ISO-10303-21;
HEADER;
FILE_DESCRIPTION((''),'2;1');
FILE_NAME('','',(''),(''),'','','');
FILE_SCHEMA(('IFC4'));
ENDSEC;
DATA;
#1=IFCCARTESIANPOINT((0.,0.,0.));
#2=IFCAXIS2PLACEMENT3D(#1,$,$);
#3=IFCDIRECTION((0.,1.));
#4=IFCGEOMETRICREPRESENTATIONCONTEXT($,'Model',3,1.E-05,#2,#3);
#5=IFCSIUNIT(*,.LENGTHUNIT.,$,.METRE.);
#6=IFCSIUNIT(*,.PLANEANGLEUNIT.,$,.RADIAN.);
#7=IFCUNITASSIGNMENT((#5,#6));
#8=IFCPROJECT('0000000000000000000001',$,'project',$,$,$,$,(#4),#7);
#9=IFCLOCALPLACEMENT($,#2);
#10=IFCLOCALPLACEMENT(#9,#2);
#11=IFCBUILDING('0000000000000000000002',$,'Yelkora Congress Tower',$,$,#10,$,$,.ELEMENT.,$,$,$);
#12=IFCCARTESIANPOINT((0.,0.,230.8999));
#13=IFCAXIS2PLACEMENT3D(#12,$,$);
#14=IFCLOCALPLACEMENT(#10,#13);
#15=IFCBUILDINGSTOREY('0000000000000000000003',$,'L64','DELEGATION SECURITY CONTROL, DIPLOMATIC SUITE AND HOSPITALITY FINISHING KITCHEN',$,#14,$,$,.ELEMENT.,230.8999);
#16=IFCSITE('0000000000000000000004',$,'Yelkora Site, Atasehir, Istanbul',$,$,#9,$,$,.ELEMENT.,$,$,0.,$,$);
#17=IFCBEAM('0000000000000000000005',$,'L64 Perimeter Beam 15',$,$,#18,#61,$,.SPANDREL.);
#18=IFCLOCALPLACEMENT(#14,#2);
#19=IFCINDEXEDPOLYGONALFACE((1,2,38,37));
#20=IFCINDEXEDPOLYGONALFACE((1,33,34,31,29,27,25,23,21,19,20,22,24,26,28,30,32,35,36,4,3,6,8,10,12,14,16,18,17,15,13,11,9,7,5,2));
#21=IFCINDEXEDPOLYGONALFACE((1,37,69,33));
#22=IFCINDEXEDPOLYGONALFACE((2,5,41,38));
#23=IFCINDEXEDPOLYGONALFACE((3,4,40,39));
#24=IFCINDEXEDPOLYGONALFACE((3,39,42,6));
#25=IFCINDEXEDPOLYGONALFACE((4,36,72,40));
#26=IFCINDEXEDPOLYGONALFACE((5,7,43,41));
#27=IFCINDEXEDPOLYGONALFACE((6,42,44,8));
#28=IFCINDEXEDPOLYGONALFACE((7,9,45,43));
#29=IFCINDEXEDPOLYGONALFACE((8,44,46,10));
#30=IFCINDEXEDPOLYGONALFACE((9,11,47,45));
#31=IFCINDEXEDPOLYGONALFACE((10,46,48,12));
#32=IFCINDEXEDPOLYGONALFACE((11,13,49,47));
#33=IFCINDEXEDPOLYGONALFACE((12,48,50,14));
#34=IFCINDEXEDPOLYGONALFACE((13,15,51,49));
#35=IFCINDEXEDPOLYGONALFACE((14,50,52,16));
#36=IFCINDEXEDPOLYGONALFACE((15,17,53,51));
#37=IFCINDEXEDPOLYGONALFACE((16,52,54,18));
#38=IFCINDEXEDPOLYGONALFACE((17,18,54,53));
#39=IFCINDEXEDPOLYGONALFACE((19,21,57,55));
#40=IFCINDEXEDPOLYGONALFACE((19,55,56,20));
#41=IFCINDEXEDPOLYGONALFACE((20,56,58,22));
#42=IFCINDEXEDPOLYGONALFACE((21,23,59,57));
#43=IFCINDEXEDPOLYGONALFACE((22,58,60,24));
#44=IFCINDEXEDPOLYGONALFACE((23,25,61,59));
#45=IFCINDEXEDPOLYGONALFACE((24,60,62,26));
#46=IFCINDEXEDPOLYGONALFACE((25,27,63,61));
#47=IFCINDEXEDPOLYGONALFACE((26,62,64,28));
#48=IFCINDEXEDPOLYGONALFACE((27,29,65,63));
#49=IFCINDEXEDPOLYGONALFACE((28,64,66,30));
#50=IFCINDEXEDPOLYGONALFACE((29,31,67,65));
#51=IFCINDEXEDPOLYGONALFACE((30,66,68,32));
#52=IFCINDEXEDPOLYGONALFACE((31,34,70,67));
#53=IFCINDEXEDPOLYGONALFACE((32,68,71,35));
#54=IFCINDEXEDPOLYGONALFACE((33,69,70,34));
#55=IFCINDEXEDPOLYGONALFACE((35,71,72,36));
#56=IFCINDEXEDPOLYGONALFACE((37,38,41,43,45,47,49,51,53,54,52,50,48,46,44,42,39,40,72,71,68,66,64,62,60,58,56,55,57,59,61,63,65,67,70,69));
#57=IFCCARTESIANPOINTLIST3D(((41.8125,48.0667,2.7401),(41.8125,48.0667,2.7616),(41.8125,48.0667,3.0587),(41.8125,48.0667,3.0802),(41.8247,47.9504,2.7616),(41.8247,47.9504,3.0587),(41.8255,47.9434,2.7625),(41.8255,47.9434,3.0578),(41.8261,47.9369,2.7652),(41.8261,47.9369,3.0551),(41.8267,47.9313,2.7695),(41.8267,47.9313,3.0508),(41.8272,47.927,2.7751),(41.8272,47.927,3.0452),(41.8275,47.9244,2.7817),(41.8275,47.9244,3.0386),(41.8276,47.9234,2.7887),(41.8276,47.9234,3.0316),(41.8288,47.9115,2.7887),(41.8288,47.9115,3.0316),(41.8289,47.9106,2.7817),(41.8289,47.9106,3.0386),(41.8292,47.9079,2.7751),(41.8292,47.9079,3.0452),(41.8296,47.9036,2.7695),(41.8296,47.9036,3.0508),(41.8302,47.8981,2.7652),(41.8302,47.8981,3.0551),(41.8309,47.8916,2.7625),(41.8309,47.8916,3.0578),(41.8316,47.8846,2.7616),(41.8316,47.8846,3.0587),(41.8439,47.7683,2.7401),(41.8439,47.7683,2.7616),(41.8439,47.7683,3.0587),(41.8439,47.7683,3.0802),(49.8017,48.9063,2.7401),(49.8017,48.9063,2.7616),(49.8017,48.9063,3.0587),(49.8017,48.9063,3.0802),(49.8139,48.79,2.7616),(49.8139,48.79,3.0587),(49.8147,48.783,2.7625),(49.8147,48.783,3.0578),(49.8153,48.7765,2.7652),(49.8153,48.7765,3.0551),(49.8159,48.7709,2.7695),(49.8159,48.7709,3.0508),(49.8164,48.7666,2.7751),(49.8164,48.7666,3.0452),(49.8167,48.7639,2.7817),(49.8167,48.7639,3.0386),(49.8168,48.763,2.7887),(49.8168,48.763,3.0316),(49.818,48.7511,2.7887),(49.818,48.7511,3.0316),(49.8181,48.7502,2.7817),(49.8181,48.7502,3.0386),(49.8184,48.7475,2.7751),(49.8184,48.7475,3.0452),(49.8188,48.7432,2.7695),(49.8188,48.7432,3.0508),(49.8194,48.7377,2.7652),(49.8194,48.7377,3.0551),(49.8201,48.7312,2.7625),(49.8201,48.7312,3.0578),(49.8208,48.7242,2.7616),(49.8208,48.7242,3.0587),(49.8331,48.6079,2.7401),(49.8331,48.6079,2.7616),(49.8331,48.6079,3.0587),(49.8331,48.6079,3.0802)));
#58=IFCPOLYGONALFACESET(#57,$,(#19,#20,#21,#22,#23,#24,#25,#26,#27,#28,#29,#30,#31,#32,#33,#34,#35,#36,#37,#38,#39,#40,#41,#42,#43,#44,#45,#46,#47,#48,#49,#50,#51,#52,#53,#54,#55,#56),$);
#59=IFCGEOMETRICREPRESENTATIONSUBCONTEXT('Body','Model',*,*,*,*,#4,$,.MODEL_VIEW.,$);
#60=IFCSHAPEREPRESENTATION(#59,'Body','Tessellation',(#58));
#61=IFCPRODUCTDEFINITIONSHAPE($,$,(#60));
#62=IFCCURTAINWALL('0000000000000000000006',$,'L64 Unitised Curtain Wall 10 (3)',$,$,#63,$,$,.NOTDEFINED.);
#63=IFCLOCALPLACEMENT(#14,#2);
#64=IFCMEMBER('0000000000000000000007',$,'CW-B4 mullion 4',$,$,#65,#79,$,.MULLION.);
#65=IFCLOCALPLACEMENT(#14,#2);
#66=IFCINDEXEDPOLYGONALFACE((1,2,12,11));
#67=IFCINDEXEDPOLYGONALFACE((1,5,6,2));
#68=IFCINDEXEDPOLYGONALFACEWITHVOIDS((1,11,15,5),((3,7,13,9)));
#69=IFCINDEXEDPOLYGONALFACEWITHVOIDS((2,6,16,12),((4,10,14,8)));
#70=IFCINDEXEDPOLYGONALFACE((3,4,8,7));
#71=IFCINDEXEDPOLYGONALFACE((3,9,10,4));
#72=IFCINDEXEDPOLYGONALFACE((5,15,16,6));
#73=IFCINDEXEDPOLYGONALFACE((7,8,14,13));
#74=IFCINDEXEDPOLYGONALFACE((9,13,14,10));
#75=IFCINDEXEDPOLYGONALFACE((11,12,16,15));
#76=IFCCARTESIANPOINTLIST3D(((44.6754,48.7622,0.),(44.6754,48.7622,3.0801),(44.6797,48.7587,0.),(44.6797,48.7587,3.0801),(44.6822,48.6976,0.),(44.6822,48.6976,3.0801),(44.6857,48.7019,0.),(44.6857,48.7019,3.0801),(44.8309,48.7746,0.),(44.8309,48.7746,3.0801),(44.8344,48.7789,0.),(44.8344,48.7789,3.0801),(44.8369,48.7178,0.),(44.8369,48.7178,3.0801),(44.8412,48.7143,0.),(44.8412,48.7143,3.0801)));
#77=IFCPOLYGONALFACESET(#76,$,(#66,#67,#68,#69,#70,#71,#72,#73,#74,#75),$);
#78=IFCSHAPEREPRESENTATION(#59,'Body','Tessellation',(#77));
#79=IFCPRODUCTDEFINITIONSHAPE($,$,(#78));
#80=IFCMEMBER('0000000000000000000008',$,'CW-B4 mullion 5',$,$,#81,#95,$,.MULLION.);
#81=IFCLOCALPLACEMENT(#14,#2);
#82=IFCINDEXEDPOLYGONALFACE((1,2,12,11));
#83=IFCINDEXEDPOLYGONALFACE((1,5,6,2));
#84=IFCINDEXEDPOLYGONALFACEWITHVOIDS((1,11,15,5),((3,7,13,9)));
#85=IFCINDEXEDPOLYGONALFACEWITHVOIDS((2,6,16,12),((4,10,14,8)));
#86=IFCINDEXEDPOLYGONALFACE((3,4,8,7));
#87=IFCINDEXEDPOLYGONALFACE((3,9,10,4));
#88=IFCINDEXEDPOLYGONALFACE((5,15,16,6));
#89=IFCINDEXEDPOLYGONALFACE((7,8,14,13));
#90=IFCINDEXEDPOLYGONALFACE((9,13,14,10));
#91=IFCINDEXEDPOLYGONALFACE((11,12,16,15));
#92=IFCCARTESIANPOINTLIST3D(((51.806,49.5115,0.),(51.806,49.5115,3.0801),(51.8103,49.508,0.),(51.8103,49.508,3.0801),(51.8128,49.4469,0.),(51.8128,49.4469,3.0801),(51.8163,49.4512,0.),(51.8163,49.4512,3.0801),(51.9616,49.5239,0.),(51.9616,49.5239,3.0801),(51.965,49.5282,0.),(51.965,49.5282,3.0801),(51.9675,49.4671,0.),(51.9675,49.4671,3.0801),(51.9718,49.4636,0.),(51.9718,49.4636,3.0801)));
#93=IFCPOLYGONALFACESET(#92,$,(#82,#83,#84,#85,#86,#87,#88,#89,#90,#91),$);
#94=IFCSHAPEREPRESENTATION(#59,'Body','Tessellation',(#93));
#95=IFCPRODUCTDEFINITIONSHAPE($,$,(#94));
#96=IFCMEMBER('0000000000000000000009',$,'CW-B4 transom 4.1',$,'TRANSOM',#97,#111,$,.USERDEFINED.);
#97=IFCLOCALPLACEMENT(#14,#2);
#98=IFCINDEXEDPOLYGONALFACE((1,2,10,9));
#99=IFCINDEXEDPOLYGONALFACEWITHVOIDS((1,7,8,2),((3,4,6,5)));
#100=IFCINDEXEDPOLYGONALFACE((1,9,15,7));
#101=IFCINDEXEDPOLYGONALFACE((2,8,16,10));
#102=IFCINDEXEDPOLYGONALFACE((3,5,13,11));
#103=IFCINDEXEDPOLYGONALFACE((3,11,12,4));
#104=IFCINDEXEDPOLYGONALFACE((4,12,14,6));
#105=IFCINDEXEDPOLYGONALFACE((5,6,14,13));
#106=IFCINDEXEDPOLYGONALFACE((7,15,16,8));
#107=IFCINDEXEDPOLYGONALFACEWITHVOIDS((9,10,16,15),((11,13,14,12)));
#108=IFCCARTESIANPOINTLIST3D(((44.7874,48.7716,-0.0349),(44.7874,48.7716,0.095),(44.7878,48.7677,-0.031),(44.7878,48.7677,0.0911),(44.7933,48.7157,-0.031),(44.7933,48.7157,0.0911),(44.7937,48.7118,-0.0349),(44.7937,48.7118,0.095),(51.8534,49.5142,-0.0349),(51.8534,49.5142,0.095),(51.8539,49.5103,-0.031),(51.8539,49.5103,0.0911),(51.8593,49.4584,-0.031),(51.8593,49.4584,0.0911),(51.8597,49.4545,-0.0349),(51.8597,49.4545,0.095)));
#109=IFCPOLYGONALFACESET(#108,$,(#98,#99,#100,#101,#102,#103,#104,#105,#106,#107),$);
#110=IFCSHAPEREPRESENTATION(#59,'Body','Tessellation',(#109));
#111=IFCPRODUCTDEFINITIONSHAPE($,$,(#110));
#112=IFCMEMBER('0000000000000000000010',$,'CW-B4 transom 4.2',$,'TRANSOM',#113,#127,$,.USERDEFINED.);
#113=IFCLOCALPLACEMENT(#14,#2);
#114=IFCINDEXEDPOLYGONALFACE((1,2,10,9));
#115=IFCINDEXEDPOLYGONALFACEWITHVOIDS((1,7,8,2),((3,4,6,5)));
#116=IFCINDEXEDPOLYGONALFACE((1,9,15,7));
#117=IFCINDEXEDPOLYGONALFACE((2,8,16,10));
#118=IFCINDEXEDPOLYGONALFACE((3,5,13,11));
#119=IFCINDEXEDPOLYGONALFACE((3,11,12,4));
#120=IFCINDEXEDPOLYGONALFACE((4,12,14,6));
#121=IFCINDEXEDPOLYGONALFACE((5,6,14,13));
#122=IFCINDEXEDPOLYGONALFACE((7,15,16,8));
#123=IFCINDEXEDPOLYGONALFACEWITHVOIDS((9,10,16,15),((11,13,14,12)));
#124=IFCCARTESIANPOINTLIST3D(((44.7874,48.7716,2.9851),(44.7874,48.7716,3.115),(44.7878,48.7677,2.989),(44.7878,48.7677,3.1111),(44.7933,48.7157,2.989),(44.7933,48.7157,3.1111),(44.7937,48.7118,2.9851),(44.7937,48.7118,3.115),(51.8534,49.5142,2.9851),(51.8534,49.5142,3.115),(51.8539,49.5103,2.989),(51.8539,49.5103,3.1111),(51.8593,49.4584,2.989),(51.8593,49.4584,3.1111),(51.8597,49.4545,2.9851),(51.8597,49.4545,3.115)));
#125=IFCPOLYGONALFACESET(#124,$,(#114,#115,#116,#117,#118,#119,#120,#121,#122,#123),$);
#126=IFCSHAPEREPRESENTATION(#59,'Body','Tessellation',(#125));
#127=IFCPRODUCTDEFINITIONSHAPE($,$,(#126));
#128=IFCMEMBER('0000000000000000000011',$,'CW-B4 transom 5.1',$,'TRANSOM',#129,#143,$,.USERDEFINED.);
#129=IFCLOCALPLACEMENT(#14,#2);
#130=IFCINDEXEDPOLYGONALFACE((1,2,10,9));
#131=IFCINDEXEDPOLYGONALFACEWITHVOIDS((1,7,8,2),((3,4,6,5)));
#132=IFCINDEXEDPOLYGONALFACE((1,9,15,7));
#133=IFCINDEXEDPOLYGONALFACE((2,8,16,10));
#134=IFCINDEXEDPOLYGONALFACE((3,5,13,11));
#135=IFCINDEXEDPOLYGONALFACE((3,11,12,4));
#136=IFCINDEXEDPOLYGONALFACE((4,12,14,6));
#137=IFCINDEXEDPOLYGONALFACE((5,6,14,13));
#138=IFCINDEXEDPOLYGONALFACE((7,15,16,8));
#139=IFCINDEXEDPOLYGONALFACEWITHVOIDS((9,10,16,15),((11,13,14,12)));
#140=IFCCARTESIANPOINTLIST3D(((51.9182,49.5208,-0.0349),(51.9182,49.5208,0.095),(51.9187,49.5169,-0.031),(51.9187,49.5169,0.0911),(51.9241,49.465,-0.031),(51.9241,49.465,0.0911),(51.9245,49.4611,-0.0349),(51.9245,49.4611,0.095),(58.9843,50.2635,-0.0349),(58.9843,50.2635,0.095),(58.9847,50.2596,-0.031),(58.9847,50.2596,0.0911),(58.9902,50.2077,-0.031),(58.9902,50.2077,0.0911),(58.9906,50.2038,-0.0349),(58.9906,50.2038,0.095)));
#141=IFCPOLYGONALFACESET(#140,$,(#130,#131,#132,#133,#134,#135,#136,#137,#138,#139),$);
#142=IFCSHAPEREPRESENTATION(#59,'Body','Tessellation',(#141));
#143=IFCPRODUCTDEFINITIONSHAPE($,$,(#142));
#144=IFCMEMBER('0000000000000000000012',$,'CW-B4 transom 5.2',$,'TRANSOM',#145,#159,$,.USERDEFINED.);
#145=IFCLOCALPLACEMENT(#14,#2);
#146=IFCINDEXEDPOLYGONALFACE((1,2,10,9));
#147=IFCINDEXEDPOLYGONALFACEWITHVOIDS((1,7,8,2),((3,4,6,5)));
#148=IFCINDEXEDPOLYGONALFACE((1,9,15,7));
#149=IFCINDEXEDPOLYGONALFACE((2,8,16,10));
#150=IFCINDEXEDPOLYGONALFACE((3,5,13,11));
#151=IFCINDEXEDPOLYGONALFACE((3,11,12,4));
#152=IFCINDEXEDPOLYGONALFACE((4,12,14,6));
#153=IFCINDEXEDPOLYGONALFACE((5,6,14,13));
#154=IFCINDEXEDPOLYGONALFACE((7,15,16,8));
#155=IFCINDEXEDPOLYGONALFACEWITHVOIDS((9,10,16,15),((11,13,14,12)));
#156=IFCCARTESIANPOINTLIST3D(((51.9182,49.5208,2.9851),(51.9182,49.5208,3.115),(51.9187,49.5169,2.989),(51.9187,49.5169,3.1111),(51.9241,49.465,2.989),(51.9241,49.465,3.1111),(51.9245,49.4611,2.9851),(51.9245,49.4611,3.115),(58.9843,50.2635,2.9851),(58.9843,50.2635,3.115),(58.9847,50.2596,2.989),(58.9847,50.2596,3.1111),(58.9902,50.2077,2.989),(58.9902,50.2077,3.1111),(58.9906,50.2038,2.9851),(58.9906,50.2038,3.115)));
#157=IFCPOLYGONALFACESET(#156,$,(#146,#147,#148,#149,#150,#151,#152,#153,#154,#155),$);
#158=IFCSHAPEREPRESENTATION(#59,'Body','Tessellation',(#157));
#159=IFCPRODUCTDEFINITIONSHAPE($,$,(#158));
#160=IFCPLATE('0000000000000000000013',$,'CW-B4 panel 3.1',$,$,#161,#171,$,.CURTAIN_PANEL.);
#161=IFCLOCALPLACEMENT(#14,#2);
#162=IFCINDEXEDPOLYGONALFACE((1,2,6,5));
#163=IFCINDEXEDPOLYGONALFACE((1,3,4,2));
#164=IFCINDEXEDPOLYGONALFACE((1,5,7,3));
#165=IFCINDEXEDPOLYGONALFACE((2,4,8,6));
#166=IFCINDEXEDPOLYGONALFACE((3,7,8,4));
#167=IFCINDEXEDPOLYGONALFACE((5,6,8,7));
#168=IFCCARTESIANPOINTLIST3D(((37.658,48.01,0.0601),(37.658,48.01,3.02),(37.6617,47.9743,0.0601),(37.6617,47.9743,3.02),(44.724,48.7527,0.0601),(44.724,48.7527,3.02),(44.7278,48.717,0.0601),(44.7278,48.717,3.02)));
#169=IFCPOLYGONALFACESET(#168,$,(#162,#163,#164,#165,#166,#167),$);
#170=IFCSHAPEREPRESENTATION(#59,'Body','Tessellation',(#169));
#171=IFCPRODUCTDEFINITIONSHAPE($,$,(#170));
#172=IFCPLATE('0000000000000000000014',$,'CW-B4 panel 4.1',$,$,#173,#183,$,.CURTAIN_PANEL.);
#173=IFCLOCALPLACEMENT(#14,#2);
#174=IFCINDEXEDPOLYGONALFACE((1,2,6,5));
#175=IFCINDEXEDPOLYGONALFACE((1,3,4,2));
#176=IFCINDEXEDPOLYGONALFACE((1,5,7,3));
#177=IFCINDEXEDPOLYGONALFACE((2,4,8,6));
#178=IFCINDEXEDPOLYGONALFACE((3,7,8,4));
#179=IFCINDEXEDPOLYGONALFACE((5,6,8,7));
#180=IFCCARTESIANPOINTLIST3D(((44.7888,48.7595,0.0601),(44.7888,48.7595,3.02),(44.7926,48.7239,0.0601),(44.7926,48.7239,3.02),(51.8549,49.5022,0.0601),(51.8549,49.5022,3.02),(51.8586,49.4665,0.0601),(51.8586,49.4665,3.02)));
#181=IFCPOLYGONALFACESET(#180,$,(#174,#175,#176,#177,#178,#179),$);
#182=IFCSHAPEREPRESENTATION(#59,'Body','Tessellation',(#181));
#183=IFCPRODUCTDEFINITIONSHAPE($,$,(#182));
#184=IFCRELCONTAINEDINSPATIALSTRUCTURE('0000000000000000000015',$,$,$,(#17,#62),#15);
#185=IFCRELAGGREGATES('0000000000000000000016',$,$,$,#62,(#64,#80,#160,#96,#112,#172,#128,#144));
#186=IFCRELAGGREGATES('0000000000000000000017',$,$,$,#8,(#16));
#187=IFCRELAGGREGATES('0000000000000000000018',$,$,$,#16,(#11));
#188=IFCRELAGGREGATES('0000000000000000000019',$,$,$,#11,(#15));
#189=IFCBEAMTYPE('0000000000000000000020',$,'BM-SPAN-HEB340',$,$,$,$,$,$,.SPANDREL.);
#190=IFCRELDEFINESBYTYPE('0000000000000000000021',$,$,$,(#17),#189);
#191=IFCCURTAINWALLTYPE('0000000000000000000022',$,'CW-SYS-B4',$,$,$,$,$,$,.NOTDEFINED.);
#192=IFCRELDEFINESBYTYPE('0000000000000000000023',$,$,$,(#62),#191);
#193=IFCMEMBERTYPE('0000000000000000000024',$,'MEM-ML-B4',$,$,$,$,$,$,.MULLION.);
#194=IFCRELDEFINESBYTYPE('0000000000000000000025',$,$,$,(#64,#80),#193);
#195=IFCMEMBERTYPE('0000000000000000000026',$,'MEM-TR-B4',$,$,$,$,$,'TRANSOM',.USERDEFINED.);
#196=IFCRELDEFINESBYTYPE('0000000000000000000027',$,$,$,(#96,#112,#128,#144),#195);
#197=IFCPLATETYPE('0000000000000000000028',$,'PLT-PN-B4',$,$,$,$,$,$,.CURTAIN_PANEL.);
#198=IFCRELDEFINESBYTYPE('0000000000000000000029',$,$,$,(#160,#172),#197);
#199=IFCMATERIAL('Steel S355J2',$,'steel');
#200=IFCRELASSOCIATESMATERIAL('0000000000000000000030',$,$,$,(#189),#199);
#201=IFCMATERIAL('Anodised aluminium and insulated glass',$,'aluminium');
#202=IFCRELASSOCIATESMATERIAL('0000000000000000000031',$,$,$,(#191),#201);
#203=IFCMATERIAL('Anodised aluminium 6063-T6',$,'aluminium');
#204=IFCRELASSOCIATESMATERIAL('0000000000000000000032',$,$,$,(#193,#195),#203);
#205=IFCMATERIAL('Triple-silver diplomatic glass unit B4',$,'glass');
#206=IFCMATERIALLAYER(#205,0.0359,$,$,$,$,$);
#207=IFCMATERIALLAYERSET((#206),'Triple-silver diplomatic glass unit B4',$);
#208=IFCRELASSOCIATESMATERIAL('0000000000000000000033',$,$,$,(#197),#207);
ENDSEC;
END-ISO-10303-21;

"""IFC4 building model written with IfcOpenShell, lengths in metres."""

from ifc_helpers import new_model, si_unit, direction, frame, origin, origin_2d, place, context, subcontext, project, spatial, rectangle, hollow_rectangle, i_section, extrude, material, layer, layer_set, material_profile, profile_set, type_object, element, aggregate, save


model = new_model("IFC4")

# Units and contexts
model_context = context("Model", 3, precision=1e-05, world=origin(), true_north=direction((0.0, 1.0)))
body_context = subcontext(model_context, "Body", "Model", "MODEL_VIEW")
ifc_project = project(units=[si_unit("LENGTHUNIT", "METRE"), si_unit("PLANEANGLEUNIT", "RADIAN")], contexts=[model_context])

# Site, building, storey
site_placement = place(None, origin())
site = spatial("IfcSite", under=ifc_project, at=site_placement, Name="Yelkora Site, Atasehir, Istanbul", CompositionType="ELEMENT", RefElevation=0.0)
building_placement = place(site_placement, origin())
building = spatial("IfcBuilding", under=site, at=building_placement, Name="Yelkora Congress Tower", CompositionType="ELEMENT")
storey_placement = place(building_placement, frame((0.0, 0.0, 230.8999)))
storey = spatial("IfcBuildingStorey", under=building, at=storey_placement, Name="L64", Description="DELEGATION SECURITY CONTROL, DIPLOMATIC SUITE AND HOSPITALITY FINISHING KITCHEN", CompositionType="ELEMENT", Elevation=230.8999)

# Shared definitions
ifc_material_1 = material(Name="Steel S355J2", Category="steel")

# Beam
ifc_material_profile_1 = material_profile(ifc_material_1, i_section(OverallWidth=0.3, OverallDepth=0.3401, WebThickness=0.012, FlangeThickness=0.0215, FilletRadius=0.0271, at=origin_2d()), Name="HEB 340")
ifc_profile_set_1 = profile_set([ifc_material_profile_1], Name="Steel S355J2")
beam_type_1 = type_object("IfcBeamType", Name="BM-SPAN-HEB340", PredefinedType="SPANDREL", material=ifc_profile_set_1)
beam_1_placement = place(storey_placement, frame((49.8174, 48.7571, 2.9102), z_axis=(-0.994523, -0.104516, 0.0), x_axis=(0.104516, -0.994523, 0.0)))
element("IfcBeam", 1, at=beam_1_placement, inside=storey, type_object=beam_type_1, Name="L64 Perimeter Beam 15", PredefinedType="SPANDREL", context=body_context, shape_type="SweptSolid", body=[
    extrude(i_section(OverallWidth=0.3, OverallDepth=0.3401, WebThickness=0.012, FlangeThickness=0.0215, FilletRadius=0.0271, at=origin_2d()), origin(), (0.0, 0.0, 1.0), 8.0332),
])

# Curtain wall, members, plates
ifc_material_2 = material(Name="Anodised aluminium and insulated glass", Category="aluminium")
curtain_wall_type = type_object("IfcCurtainWallType", Name="CW-SYS-B4", PredefinedType="NOTDEFINED", material=ifc_material_2)
curtain_wall_placement = place(storey_placement, origin())
curtain_wall = element("IfcCurtainWall", 2, at=curtain_wall_placement, inside=storey, type_object=curtain_wall_type, Name="L64 Unitised Curtain Wall 10 (3)", PredefinedType="NOTDEFINED")
ifc_material_3 = material(Name="Anodised aluminium 6063-T6", Category="aluminium")
ifc_material_profile_2 = material_profile(ifc_material_3, hollow_rectangle(XDim=0.0649, YDim=0.1599, WallThickness=0.0039, at=origin_2d()), Name="ALU 65x160x4")
ifc_profile_set_2 = profile_set([ifc_material_profile_2], Name="Anodised aluminium 6063-T6")
member_type_1 = type_object("IfcMemberType", Name="MEM-ML-B4", PredefinedType="MULLION", material=ifc_profile_set_2)
member_1_placement = place(storey_placement, frame((44.7583, 48.7383, 0.0), z_axis=(0.0, 0.0, 1.0), x_axis=(-0.104528, 0.994522, 0.0)))
member_1 = element("IfcMember", 3, at=member_1_placement, type_object=member_type_1, Name="CW-B4 mullion 4", PredefinedType="MULLION", context=body_context, shape_type="SweptSolid", body=[
    extrude(hollow_rectangle(XDim=0.0649, YDim=0.1599, WallThickness=0.0039, at=origin_2d()), origin(), (0.0, 0.0, 1.0), 3.0801),
])
member_2_placement = place(storey_placement, frame((51.8889, 49.4875, 0.0), z_axis=(0.0, 0.0, 1.0), x_axis=(-0.104528, 0.994522, 0.0)))
member_2 = element("IfcMember", 4, at=member_2_placement, type_object=member_type_1, Name="CW-B4 mullion 5", PredefinedType="MULLION", context=body_context, shape_type="SweptSolid", body=[
    extrude(hollow_rectangle(XDim=0.0649, YDim=0.1599, WallThickness=0.0039, at=origin_2d()), origin(), (0.0, 0.0, 1.0), 3.0801),
])
ifc_material_profile_3 = material_profile(ifc_material_3, hollow_rectangle(XDim=0.0601, YDim=0.1299, WallThickness=0.0039, at=origin_2d()), Name="ALU 60x130x4")
ifc_profile_set_3 = profile_set([ifc_material_profile_3], Name="Anodised aluminium 6063-T6")
member_type_2 = type_object("IfcMemberType", Name="MEM-TR-B4", ElementType="TRANSOM", PredefinedType="USERDEFINED", material=ifc_profile_set_3)
member_3_placement = place(storey_placement, frame((44.7905, 48.7417, 0.03), z_axis=(0.994522, 0.104527, 0.0), x_axis=(-0.104527, 0.994522, 0.0)))
member_3 = element("IfcMember", 5, at=member_3_placement, type_object=member_type_2, Name="CW-B4 transom 4.1", ObjectType="TRANSOM", PredefinedType="USERDEFINED", context=body_context, shape_type="SweptSolid", body=[
    extrude(hollow_rectangle(XDim=0.0601, YDim=0.1299, WallThickness=0.0039, at=origin_2d()), origin(), (0.0, 0.0, 1.0), 7.105),
])
member_4_placement = place(storey_placement, frame((44.7905, 48.7417, 3.05), z_axis=(0.994522, 0.104527, 0.0), x_axis=(-0.104527, 0.994522, 0.0)))
member_4 = element("IfcMember", 6, at=member_4_placement, type_object=member_type_2, Name="CW-B4 transom 4.2", ObjectType="TRANSOM", PredefinedType="USERDEFINED", context=body_context, shape_type="SweptSolid", body=[
    extrude(hollow_rectangle(XDim=0.0601, YDim=0.1299, WallThickness=0.0039, at=origin_2d()), origin(), (0.0, 0.0, 1.0), 7.105),
])
member_5_placement = place(storey_placement, frame((51.9214, 49.491, 0.03), z_axis=(0.994522, 0.104527, 0.0), x_axis=(-0.104527, 0.994522, 0.0)))
member_5 = element("IfcMember", 7, at=member_5_placement, type_object=member_type_2, Name="CW-B4 transom 5.1", ObjectType="TRANSOM", PredefinedType="USERDEFINED", context=body_context, shape_type="SweptSolid", body=[
    extrude(hollow_rectangle(XDim=0.0601, YDim=0.1299, WallThickness=0.0039, at=origin_2d()), origin(), (0.0, 0.0, 1.0), 7.105),
])
member_6_placement = place(storey_placement, frame((51.9214, 49.491, 3.05), z_axis=(0.994522, 0.104527, 0.0), x_axis=(-0.104527, 0.994522, 0.0)))
member_6 = element("IfcMember", 8, at=member_6_placement, type_object=member_type_2, Name="CW-B4 transom 5.2", ObjectType="TRANSOM", PredefinedType="USERDEFINED", context=body_context, shape_type="SweptSolid", body=[
    extrude(hollow_rectangle(XDim=0.0601, YDim=0.1299, WallThickness=0.0039, at=origin_2d()), origin(), (0.0, 0.0, 1.0), 7.105),
])
ifc_material_4 = material(Name="Triple-silver diplomatic glass unit B4", Category="glass")
ifc_layer_1 = layer(ifc_material_4, 0.0359)
ifc_layer_set_1 = layer_set([ifc_layer_1], Name="Triple-silver diplomatic glass unit B4")
plate_type = type_object("IfcPlateType", Name="PLT-PN-B4", PredefinedType="CURTAIN_PANEL", material=ifc_layer_set_1)
plate_1_placement = place(storey_placement, frame((41.1929, 48.3635, 0.0601), z_axis=(0.0, 0.0, 1.0), x_axis=(0.994522, 0.104528, 0.0)))
plate_1 = element("IfcPlate", 9, at=plate_1_placement, type_object=plate_type, Name="CW-B4 panel 3.1", PredefinedType="CURTAIN_PANEL", context=body_context, shape_type="SweptSolid", body=[
    extrude(rectangle(XDim=7.105, YDim=0.0359, at=origin_2d()), origin(), (0.0, 0.0, 1.0), 2.96),
])
plate_2_placement = place(storey_placement, frame((48.3237, 49.113, 0.0601), z_axis=(0.0, 0.0, 1.0), x_axis=(0.994522, 0.104528, 0.0)))
plate_2 = element("IfcPlate", 10, at=plate_2_placement, type_object=plate_type, Name="CW-B4 panel 4.1", PredefinedType="CURTAIN_PANEL", context=body_context, shape_type="SweptSolid", body=[
    extrude(rectangle(XDim=7.105, YDim=0.0359, at=origin_2d()), origin(), (0.0, 0.0, 1.0), 2.96),
])
aggregate(curtain_wall, [member_1, member_2, plate_1, member_3, member_4, plate_2, member_5, member_6])

save(model, "model.ifc")
